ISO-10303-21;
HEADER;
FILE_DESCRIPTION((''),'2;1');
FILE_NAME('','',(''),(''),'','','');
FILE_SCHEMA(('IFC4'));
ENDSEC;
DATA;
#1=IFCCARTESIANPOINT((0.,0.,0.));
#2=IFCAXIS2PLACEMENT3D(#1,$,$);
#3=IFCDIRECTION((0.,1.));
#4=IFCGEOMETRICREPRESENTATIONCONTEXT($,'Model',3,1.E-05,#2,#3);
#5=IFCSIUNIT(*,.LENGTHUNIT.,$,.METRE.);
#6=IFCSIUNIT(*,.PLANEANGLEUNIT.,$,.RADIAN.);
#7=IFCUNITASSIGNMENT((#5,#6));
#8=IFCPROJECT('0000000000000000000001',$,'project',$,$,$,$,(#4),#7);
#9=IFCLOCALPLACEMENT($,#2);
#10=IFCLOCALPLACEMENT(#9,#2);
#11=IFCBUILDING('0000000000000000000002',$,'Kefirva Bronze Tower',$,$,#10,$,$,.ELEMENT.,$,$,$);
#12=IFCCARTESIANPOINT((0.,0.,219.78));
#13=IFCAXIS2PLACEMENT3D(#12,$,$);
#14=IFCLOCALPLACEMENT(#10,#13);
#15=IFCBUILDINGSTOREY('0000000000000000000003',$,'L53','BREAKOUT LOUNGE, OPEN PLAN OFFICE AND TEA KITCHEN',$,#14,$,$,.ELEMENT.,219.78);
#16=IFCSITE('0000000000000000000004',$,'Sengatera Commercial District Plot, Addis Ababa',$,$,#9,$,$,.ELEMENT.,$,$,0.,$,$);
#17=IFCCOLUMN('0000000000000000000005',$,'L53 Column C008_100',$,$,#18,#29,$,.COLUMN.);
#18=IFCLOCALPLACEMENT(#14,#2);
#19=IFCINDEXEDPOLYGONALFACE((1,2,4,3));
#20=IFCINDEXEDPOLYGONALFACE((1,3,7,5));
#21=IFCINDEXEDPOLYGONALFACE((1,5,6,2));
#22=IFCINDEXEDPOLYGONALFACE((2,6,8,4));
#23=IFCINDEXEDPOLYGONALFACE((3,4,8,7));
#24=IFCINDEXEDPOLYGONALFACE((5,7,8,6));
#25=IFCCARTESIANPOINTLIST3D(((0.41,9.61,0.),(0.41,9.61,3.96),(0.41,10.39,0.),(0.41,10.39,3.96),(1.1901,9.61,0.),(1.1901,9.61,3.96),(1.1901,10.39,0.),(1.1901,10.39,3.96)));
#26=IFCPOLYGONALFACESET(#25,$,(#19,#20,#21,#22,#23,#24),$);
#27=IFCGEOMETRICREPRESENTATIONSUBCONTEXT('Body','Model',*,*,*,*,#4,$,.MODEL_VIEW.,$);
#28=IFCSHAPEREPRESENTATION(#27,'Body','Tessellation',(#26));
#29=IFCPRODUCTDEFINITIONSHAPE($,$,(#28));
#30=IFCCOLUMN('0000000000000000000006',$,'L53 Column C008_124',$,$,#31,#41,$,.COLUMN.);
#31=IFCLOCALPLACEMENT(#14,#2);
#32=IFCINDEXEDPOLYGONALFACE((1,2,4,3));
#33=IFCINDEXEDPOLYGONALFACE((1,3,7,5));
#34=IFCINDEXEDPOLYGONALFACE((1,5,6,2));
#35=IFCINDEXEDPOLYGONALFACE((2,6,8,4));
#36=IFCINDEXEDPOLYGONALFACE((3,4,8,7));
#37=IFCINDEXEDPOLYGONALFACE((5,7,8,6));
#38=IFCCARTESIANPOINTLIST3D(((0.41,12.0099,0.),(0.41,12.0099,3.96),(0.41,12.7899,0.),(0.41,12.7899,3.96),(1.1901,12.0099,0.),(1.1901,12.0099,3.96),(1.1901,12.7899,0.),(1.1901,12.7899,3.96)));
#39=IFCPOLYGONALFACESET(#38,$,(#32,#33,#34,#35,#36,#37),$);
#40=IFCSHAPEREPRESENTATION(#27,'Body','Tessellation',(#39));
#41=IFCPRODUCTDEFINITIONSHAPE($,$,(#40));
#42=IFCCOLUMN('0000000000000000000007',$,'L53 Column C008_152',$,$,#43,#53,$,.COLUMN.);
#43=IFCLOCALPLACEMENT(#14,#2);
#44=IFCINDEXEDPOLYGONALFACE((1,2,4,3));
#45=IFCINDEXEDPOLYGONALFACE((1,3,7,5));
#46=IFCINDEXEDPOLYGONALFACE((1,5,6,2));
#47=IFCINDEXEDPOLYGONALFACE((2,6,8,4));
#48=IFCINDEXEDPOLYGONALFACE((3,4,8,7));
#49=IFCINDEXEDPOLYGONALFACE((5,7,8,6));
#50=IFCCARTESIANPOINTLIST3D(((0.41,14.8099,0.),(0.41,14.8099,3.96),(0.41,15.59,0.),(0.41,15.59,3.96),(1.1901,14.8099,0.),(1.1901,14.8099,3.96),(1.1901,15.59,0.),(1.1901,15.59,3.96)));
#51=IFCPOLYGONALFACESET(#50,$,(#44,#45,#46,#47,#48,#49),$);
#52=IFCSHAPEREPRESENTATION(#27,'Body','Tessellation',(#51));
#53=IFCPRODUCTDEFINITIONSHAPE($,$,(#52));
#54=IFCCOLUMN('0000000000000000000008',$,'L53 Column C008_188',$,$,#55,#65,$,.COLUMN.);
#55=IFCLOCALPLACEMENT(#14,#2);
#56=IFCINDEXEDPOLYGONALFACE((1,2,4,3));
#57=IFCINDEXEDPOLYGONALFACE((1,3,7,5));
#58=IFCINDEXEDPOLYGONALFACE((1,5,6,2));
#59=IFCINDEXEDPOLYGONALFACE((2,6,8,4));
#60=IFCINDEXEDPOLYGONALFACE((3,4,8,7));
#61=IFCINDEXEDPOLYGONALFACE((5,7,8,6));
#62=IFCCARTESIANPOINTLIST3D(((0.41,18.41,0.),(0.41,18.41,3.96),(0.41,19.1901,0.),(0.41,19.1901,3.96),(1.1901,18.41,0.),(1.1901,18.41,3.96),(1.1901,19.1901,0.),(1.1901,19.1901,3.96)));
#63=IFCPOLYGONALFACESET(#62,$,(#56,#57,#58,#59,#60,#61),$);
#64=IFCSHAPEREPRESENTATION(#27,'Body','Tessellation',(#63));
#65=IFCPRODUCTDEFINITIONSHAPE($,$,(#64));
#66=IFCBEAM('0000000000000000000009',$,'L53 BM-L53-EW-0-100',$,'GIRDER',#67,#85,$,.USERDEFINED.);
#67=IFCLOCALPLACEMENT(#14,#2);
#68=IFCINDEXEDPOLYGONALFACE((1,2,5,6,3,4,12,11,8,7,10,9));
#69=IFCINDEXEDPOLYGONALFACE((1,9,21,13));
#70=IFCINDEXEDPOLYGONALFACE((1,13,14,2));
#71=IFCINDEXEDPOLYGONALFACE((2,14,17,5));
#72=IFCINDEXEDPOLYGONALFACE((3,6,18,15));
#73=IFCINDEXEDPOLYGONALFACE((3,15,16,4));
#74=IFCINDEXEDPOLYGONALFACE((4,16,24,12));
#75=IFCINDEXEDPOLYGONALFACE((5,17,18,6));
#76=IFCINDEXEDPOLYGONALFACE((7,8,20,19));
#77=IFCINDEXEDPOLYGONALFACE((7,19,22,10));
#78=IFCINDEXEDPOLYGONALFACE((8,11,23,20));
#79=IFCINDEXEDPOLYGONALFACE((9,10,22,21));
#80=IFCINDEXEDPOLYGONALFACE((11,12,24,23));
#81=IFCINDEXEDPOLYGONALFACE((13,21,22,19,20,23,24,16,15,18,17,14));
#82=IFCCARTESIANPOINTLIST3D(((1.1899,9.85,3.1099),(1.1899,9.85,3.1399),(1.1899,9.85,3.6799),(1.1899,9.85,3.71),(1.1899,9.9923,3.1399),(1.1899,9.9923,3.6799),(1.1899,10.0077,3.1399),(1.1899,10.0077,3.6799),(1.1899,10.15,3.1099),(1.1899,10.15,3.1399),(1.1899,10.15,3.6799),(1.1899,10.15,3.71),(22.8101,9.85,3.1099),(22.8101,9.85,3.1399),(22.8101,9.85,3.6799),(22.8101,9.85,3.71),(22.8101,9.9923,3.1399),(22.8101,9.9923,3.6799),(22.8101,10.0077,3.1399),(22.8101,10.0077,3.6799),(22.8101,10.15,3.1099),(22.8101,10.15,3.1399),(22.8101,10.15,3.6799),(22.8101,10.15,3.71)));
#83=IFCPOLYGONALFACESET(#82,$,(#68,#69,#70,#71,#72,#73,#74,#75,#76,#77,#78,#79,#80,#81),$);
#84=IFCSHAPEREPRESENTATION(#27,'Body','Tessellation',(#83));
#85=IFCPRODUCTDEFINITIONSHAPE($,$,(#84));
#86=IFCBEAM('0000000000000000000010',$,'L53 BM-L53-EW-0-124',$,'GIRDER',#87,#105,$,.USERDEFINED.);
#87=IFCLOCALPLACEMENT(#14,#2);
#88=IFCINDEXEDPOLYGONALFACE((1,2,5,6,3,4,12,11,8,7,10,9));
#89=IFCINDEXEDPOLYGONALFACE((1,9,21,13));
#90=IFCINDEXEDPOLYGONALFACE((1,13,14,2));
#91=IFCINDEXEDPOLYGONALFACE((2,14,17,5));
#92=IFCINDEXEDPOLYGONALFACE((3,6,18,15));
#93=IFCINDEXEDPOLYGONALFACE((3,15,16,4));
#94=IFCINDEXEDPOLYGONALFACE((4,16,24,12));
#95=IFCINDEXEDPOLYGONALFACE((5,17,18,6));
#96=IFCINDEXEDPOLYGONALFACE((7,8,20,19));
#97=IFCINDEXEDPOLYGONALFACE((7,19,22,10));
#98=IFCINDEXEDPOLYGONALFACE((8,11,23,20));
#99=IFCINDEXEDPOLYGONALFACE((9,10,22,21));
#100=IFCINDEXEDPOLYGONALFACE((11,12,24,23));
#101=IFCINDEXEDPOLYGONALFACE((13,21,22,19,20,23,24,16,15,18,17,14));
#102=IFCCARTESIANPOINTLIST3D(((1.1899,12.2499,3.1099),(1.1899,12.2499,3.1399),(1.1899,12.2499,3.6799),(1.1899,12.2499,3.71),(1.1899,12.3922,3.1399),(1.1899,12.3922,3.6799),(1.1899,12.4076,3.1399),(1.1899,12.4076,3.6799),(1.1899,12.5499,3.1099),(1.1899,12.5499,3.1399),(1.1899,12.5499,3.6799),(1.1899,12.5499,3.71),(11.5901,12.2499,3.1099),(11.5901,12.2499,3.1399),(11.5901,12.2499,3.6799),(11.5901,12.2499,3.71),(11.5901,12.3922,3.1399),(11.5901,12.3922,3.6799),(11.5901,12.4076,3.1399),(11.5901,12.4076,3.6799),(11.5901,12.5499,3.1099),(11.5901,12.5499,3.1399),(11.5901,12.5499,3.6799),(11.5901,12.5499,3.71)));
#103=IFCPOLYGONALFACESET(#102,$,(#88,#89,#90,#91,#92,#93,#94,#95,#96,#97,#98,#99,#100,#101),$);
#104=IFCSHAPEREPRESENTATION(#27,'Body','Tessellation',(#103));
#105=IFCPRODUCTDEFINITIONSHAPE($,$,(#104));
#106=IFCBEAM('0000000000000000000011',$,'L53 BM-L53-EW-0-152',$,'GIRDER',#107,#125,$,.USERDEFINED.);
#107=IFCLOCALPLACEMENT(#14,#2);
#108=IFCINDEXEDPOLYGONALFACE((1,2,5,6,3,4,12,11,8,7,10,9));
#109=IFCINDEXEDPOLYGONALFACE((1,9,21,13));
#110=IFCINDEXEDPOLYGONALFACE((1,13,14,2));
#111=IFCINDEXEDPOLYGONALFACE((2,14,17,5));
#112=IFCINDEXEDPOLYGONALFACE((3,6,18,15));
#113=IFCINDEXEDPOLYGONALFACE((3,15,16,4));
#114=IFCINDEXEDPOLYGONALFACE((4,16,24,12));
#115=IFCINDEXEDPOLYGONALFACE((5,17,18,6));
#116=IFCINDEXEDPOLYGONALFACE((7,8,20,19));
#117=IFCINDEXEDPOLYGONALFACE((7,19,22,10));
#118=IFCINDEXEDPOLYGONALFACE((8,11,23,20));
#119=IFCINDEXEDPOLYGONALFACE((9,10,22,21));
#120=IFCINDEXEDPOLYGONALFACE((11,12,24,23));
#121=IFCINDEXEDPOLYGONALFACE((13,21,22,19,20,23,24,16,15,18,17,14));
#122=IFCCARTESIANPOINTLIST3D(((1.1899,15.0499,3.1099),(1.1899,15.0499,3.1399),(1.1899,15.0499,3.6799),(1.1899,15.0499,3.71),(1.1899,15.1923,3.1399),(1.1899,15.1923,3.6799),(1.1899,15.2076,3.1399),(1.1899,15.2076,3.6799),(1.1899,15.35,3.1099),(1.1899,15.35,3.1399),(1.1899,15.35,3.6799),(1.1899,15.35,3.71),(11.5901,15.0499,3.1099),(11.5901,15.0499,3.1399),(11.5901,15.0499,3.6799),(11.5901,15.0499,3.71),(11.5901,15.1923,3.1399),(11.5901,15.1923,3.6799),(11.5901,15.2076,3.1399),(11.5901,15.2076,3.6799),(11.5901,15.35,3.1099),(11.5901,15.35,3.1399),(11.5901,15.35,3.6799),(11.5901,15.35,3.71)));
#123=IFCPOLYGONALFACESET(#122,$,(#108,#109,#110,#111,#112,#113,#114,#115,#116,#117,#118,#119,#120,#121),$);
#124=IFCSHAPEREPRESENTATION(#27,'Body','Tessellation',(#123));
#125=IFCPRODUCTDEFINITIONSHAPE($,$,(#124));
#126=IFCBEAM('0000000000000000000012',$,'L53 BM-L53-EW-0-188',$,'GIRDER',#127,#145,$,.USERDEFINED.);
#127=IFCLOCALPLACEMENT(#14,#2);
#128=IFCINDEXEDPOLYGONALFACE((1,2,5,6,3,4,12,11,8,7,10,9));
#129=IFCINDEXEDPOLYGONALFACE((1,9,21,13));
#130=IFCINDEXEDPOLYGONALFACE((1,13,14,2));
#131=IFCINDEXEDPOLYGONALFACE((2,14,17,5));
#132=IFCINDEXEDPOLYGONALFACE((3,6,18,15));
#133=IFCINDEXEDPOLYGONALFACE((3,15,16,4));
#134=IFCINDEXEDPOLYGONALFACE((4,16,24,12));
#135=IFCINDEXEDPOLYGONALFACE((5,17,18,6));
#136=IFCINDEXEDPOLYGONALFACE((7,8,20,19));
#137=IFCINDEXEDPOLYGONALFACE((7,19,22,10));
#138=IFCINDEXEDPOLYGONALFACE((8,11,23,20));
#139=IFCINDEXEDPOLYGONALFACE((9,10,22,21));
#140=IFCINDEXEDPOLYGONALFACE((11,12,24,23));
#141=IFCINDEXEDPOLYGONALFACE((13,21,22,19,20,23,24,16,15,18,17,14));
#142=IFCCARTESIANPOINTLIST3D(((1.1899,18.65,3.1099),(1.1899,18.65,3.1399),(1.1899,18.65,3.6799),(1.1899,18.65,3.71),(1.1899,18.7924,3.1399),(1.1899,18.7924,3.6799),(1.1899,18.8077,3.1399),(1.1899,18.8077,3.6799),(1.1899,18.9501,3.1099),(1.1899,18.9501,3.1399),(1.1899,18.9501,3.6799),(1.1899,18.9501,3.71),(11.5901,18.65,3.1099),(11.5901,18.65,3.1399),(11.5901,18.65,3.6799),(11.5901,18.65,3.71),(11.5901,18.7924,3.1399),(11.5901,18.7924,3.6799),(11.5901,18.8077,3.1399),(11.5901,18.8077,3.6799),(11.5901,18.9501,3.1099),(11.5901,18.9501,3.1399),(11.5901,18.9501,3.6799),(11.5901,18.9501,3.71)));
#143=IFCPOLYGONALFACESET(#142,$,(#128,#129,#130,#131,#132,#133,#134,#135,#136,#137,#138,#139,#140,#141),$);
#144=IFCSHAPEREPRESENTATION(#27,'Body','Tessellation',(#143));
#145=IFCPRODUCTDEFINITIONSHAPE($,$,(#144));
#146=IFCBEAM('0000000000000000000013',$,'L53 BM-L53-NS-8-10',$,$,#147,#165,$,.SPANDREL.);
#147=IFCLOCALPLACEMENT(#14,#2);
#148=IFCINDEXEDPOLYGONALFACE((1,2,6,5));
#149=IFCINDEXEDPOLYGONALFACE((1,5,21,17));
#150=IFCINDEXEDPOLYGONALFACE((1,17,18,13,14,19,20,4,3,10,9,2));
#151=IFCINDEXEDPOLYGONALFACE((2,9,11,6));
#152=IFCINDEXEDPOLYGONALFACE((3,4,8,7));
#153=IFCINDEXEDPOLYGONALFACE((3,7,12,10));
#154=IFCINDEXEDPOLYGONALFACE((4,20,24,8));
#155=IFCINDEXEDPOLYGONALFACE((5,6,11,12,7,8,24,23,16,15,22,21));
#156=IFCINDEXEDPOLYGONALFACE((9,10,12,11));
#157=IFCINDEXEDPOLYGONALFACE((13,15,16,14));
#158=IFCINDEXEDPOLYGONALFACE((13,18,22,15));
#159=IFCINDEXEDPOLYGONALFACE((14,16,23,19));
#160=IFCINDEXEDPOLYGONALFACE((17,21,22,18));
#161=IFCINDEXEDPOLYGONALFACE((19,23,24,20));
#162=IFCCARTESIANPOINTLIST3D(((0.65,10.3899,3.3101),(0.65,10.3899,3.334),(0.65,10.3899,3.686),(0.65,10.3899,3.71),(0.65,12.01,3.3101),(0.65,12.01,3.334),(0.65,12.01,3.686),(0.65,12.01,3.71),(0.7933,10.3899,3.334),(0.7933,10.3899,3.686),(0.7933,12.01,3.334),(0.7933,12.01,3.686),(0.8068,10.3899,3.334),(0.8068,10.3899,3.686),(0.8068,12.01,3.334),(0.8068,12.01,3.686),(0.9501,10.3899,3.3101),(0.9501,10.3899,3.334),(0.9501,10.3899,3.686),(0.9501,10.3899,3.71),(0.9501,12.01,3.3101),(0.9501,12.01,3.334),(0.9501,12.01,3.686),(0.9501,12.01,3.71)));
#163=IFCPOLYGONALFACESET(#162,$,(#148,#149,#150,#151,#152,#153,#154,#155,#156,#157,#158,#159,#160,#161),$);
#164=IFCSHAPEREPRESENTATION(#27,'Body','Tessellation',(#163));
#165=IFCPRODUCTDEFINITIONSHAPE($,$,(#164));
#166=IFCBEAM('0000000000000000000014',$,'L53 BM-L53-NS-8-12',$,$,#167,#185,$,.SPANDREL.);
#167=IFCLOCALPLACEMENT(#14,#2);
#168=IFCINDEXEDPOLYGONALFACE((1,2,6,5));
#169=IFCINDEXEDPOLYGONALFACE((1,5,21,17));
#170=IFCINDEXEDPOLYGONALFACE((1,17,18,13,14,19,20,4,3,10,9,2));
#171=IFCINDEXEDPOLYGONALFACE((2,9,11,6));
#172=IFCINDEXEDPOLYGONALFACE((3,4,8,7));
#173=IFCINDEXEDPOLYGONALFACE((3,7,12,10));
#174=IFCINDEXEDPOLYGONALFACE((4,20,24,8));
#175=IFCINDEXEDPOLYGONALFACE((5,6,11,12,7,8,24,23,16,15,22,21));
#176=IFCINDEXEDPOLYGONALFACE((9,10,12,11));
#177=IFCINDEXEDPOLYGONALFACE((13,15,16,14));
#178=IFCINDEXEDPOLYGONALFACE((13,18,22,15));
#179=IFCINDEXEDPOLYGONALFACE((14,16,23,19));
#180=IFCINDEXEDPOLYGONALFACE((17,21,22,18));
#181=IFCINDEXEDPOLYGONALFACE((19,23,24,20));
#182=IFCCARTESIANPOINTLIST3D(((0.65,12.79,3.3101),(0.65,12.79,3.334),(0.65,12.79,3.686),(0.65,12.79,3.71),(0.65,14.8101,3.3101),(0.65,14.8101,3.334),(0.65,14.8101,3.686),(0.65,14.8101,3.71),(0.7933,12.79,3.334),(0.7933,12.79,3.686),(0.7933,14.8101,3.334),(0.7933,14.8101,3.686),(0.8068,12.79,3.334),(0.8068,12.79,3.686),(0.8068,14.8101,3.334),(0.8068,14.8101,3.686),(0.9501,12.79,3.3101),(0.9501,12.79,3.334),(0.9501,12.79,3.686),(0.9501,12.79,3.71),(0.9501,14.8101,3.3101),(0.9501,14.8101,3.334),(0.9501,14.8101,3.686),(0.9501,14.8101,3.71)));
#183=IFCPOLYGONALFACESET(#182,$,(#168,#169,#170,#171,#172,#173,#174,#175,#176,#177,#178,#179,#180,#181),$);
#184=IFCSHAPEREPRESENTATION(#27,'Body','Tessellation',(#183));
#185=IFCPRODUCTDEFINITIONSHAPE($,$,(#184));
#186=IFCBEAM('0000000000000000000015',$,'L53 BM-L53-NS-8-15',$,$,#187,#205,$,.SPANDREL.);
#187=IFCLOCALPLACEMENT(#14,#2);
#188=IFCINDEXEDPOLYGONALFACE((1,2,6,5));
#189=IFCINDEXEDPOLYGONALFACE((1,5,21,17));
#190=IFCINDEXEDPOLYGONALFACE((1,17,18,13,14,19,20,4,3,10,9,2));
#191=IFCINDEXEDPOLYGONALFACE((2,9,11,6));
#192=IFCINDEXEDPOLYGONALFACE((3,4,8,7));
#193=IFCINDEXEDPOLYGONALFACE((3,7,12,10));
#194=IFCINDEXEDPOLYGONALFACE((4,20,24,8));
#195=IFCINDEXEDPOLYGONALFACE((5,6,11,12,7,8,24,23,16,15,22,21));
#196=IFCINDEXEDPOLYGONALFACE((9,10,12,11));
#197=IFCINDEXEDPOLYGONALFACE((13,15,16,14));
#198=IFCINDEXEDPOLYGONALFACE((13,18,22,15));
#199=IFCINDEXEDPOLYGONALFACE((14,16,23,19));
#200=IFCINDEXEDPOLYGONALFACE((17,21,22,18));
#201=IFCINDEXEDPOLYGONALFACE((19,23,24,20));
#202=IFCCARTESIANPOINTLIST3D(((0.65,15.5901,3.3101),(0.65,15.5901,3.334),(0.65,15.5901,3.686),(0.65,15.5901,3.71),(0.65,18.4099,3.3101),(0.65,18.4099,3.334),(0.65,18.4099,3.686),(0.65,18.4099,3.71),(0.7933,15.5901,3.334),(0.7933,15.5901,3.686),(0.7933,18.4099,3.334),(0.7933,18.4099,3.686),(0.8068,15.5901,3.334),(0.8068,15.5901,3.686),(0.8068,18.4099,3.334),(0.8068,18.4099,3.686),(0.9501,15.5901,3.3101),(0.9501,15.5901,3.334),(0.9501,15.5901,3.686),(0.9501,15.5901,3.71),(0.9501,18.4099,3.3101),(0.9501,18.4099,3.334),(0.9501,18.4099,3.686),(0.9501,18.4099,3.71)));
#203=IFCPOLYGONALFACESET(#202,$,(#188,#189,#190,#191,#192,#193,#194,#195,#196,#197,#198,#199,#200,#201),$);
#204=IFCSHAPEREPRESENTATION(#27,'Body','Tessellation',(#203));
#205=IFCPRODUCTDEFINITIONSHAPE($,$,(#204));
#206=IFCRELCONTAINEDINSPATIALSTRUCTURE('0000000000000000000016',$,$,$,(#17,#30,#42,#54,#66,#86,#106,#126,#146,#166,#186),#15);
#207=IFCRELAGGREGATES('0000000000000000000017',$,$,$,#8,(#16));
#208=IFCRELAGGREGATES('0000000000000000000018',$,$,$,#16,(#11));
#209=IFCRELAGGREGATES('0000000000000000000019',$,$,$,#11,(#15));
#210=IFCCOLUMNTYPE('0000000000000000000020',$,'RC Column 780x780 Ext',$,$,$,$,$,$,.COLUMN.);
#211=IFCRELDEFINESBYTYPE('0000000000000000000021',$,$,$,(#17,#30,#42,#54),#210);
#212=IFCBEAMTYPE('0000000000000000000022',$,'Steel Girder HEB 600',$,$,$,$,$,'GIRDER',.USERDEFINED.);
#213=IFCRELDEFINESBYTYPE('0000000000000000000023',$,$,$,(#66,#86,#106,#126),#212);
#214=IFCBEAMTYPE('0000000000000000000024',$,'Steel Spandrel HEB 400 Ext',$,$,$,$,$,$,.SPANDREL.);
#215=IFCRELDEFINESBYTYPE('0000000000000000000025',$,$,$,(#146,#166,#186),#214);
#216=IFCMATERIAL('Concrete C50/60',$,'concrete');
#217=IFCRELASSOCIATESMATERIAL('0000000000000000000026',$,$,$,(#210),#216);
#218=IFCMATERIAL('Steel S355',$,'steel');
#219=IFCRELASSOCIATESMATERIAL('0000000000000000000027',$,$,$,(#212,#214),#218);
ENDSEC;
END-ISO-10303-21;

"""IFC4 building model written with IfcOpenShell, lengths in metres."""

from ifc_helpers import new_model, si_unit, direction, frame, origin, origin_2d, place, context, subcontext, project, spatial, rectangle, i_section, extrude, material, material_profile, profile_set, type_object, element, save


model = new_model("IFC4")

# Units and contexts
model_context = context("Model", 3, precision=1e-05, world=origin(), true_north=direction((0.0, 1.0)))
body_context = subcontext(model_context, "Body", "Model", "MODEL_VIEW")
ifc_project = project(units=[si_unit("LENGTHUNIT", "METRE"), si_unit("PLANEANGLEUNIT", "RADIAN")], contexts=[model_context])

# Site, building, storey
site_placement = place(None, origin())
site = spatial("IfcSite", under=ifc_project, at=site_placement, Name="Sengatera Commercial District Plot, Addis Ababa", CompositionType="ELEMENT", RefElevation=0.0)
building_placement = place(site_placement, origin())
building = spatial("IfcBuilding", under=site, at=building_placement, Name="Kefirva Bronze Tower", CompositionType="ELEMENT")
storey_placement = place(building_placement, frame((0.0, 0.0, 219.78)))
storey = spatial("IfcBuildingStorey", under=building, at=storey_placement, Name="L53", Description="BREAKOUT LOUNGE, OPEN PLAN OFFICE AND TEA KITCHEN", CompositionType="ELEMENT", Elevation=219.78)

# Columns
ifc_material_1 = material(Name="Concrete C50/60", Category="concrete")
ifc_material_profile_1 = material_profile(ifc_material_1, rectangle(XDim=0.78, YDim=0.78, at=origin_2d()), Name="RC 780x780")
ifc_profile_set_1 = profile_set([ifc_material_profile_1], Name="Concrete C50/60")
column_type = type_object("IfcColumnType", Name="RC Column 780x780 Ext", PredefinedType="COLUMN", material=ifc_profile_set_1)
for number, where, z_axis, x_axis, name in (
    (1, (0.8, 10.0, 0.0), (0.0, 0.0, 1.0), (1.0, 0.0, 0.0), "L53 Column C008_100"),
    (2, (0.8, 12.3999, 0.0), (0.0, 0.0, 1.0), (1.0, 0.0, 0.0), "L53 Column C008_124"),
    (3, (0.8, 15.2, 0.0), (0.0, 0.0, 1.0), (1.0, 0.0, 0.0), "L53 Column C008_152"),
    (4, (0.8, 18.8, 0.0), (0.0, 0.0, 1.0), (1.0, 0.0, 0.0), "L53 Column C008_188"),
):
    element("IfcColumn", number, at=place(storey_placement, frame(where, z_axis=z_axis, x_axis=x_axis)), inside=storey, type_object=column_type, Name=name, PredefinedType="COLUMN", context=body_context, shape_type="SweptSolid", body=[
        extrude(rectangle(XDim=0.78, YDim=0.78, at=origin_2d()), origin(), (0.0, 0.0, 1.0), 3.96),
    ])

# Beams
ifc_material_2 = material(Name="Steel S355", Category="steel")
ifc_material_profile_2 = material_profile(ifc_material_2, i_section(OverallWidth=0.3, OverallDepth=0.6001, WebThickness=0.0154, FlangeThickness=0.03, at=origin_2d()), Name="HEB 600")
ifc_profile_set_2 = profile_set([ifc_material_profile_2], Name="Steel S355")
beam_type_1 = type_object("IfcBeamType", Name="Steel Girder HEB 600", ElementType="GIRDER", PredefinedType="USERDEFINED", material=ifc_profile_set_2)
beam_1_placement = place(storey_placement, frame((1.1899, 10.0, 3.4099), z_axis=(1.0, 0.0, 0.0), x_axis=(0.0, 1.0, 0.0)))
element("IfcBeam", 5, at=beam_1_placement, inside=storey, type_object=beam_type_1, Name="L53 BM-L53-EW-0-100", ObjectType="GIRDER", PredefinedType="USERDEFINED", context=body_context, shape_type="SweptSolid", body=[
    extrude(i_section(OverallWidth=0.3, OverallDepth=0.6001, WebThickness=0.0154, FlangeThickness=0.03, at=origin_2d()), origin(), (0.0, 0.0, 1.0), 21.6201),
])
for number, where, z_axis, x_axis, name in (
    (6, (1.1899, 12.3999, 3.4099), (1.0, 0.0, 0.0), (0.0, 1.0, 0.0), "L53 BM-L53-EW-0-124"),
    (7, (1.1899, 15.2, 3.4099), (1.0, 0.0, 0.0), (0.0, 1.0, 0.0), "L53 BM-L53-EW-0-152"),
    (8, (1.1899, 18.8, 3.4099), (1.0, 0.0, 0.0), (0.0, 1.0, 0.0), "L53 BM-L53-EW-0-188"),
):
    element("IfcBeam", number, at=place(storey_placement, frame(where, z_axis=z_axis, x_axis=x_axis)), inside=storey, type_object=beam_type_1, Name=name, ObjectType="GIRDER", PredefinedType="USERDEFINED", context=body_context, shape_type="SweptSolid", body=[
        extrude(i_section(OverallWidth=0.3, OverallDepth=0.6001, WebThickness=0.0154, FlangeThickness=0.03, at=origin_2d()), origin(), (0.0, 0.0, 1.0), 10.4001),
    ])
ifc_material_profile_3 = material_profile(ifc_material_2, i_section(OverallWidth=0.3, OverallDepth=0.3999, WebThickness=0.0134, FlangeThickness=0.0239, at=origin_2d()), Name="HEB 400")
ifc_profile_set_3 = profile_set([ifc_material_profile_3], Name="Steel S355")
beam_type_2 = type_object("IfcBeamType", Name="Steel Spandrel HEB 400 Ext", PredefinedType="SPANDREL", material=ifc_profile_set_3)
beam_2_placement = place(storey_placement, frame((0.8, 10.3899, 3.51), z_axis=(0.0, 1.0, 0.0), x_axis=(-1.0, 0.0, 0.0)))
element("IfcBeam", 9, at=beam_2_placement, inside=storey, type_object=beam_type_2, Name="L53 BM-L53-NS-8-10", PredefinedType="SPANDREL", context=body_context, shape_type="SweptSolid", body=[
    extrude(i_section(OverallWidth=0.3, OverallDepth=0.3999, WebThickness=0.0134, FlangeThickness=0.0239, at=origin_2d()), origin(), (0.0, 0.0, 1.0), 1.6201),
])
beam_3_placement = place(storey_placement, frame((0.8, 12.79, 3.51), z_axis=(0.0, 1.0, 0.0), x_axis=(-1.0, 0.0, 0.0)))
element("IfcBeam", 10, at=beam_3_placement, inside=storey, type_object=beam_type_2, Name="L53 BM-L53-NS-8-12", PredefinedType="SPANDREL", context=body_context, shape_type="SweptSolid", body=[
    extrude(i_section(OverallWidth=0.3, OverallDepth=0.3999, WebThickness=0.0134, FlangeThickness=0.0239, at=origin_2d()), origin(), (0.0, 0.0, 1.0), 2.02),
])
beam_4_placement = place(storey_placement, frame((0.8, 15.5901, 3.51), z_axis=(0.0, 1.0, 0.0), x_axis=(-1.0, 0.0, 0.0)))
element("IfcBeam", 11, at=beam_4_placement, inside=storey, type_object=beam_type_2, Name="L53 BM-L53-NS-8-15", PredefinedType="SPANDREL", context=body_context, shape_type="SweptSolid", body=[
    extrude(i_section(OverallWidth=0.3, OverallDepth=0.3999, WebThickness=0.0134, FlangeThickness=0.0239, at=origin_2d()), origin(), (0.0, 0.0, 1.0), 2.8198),
])

save(model, "model.ifc")
